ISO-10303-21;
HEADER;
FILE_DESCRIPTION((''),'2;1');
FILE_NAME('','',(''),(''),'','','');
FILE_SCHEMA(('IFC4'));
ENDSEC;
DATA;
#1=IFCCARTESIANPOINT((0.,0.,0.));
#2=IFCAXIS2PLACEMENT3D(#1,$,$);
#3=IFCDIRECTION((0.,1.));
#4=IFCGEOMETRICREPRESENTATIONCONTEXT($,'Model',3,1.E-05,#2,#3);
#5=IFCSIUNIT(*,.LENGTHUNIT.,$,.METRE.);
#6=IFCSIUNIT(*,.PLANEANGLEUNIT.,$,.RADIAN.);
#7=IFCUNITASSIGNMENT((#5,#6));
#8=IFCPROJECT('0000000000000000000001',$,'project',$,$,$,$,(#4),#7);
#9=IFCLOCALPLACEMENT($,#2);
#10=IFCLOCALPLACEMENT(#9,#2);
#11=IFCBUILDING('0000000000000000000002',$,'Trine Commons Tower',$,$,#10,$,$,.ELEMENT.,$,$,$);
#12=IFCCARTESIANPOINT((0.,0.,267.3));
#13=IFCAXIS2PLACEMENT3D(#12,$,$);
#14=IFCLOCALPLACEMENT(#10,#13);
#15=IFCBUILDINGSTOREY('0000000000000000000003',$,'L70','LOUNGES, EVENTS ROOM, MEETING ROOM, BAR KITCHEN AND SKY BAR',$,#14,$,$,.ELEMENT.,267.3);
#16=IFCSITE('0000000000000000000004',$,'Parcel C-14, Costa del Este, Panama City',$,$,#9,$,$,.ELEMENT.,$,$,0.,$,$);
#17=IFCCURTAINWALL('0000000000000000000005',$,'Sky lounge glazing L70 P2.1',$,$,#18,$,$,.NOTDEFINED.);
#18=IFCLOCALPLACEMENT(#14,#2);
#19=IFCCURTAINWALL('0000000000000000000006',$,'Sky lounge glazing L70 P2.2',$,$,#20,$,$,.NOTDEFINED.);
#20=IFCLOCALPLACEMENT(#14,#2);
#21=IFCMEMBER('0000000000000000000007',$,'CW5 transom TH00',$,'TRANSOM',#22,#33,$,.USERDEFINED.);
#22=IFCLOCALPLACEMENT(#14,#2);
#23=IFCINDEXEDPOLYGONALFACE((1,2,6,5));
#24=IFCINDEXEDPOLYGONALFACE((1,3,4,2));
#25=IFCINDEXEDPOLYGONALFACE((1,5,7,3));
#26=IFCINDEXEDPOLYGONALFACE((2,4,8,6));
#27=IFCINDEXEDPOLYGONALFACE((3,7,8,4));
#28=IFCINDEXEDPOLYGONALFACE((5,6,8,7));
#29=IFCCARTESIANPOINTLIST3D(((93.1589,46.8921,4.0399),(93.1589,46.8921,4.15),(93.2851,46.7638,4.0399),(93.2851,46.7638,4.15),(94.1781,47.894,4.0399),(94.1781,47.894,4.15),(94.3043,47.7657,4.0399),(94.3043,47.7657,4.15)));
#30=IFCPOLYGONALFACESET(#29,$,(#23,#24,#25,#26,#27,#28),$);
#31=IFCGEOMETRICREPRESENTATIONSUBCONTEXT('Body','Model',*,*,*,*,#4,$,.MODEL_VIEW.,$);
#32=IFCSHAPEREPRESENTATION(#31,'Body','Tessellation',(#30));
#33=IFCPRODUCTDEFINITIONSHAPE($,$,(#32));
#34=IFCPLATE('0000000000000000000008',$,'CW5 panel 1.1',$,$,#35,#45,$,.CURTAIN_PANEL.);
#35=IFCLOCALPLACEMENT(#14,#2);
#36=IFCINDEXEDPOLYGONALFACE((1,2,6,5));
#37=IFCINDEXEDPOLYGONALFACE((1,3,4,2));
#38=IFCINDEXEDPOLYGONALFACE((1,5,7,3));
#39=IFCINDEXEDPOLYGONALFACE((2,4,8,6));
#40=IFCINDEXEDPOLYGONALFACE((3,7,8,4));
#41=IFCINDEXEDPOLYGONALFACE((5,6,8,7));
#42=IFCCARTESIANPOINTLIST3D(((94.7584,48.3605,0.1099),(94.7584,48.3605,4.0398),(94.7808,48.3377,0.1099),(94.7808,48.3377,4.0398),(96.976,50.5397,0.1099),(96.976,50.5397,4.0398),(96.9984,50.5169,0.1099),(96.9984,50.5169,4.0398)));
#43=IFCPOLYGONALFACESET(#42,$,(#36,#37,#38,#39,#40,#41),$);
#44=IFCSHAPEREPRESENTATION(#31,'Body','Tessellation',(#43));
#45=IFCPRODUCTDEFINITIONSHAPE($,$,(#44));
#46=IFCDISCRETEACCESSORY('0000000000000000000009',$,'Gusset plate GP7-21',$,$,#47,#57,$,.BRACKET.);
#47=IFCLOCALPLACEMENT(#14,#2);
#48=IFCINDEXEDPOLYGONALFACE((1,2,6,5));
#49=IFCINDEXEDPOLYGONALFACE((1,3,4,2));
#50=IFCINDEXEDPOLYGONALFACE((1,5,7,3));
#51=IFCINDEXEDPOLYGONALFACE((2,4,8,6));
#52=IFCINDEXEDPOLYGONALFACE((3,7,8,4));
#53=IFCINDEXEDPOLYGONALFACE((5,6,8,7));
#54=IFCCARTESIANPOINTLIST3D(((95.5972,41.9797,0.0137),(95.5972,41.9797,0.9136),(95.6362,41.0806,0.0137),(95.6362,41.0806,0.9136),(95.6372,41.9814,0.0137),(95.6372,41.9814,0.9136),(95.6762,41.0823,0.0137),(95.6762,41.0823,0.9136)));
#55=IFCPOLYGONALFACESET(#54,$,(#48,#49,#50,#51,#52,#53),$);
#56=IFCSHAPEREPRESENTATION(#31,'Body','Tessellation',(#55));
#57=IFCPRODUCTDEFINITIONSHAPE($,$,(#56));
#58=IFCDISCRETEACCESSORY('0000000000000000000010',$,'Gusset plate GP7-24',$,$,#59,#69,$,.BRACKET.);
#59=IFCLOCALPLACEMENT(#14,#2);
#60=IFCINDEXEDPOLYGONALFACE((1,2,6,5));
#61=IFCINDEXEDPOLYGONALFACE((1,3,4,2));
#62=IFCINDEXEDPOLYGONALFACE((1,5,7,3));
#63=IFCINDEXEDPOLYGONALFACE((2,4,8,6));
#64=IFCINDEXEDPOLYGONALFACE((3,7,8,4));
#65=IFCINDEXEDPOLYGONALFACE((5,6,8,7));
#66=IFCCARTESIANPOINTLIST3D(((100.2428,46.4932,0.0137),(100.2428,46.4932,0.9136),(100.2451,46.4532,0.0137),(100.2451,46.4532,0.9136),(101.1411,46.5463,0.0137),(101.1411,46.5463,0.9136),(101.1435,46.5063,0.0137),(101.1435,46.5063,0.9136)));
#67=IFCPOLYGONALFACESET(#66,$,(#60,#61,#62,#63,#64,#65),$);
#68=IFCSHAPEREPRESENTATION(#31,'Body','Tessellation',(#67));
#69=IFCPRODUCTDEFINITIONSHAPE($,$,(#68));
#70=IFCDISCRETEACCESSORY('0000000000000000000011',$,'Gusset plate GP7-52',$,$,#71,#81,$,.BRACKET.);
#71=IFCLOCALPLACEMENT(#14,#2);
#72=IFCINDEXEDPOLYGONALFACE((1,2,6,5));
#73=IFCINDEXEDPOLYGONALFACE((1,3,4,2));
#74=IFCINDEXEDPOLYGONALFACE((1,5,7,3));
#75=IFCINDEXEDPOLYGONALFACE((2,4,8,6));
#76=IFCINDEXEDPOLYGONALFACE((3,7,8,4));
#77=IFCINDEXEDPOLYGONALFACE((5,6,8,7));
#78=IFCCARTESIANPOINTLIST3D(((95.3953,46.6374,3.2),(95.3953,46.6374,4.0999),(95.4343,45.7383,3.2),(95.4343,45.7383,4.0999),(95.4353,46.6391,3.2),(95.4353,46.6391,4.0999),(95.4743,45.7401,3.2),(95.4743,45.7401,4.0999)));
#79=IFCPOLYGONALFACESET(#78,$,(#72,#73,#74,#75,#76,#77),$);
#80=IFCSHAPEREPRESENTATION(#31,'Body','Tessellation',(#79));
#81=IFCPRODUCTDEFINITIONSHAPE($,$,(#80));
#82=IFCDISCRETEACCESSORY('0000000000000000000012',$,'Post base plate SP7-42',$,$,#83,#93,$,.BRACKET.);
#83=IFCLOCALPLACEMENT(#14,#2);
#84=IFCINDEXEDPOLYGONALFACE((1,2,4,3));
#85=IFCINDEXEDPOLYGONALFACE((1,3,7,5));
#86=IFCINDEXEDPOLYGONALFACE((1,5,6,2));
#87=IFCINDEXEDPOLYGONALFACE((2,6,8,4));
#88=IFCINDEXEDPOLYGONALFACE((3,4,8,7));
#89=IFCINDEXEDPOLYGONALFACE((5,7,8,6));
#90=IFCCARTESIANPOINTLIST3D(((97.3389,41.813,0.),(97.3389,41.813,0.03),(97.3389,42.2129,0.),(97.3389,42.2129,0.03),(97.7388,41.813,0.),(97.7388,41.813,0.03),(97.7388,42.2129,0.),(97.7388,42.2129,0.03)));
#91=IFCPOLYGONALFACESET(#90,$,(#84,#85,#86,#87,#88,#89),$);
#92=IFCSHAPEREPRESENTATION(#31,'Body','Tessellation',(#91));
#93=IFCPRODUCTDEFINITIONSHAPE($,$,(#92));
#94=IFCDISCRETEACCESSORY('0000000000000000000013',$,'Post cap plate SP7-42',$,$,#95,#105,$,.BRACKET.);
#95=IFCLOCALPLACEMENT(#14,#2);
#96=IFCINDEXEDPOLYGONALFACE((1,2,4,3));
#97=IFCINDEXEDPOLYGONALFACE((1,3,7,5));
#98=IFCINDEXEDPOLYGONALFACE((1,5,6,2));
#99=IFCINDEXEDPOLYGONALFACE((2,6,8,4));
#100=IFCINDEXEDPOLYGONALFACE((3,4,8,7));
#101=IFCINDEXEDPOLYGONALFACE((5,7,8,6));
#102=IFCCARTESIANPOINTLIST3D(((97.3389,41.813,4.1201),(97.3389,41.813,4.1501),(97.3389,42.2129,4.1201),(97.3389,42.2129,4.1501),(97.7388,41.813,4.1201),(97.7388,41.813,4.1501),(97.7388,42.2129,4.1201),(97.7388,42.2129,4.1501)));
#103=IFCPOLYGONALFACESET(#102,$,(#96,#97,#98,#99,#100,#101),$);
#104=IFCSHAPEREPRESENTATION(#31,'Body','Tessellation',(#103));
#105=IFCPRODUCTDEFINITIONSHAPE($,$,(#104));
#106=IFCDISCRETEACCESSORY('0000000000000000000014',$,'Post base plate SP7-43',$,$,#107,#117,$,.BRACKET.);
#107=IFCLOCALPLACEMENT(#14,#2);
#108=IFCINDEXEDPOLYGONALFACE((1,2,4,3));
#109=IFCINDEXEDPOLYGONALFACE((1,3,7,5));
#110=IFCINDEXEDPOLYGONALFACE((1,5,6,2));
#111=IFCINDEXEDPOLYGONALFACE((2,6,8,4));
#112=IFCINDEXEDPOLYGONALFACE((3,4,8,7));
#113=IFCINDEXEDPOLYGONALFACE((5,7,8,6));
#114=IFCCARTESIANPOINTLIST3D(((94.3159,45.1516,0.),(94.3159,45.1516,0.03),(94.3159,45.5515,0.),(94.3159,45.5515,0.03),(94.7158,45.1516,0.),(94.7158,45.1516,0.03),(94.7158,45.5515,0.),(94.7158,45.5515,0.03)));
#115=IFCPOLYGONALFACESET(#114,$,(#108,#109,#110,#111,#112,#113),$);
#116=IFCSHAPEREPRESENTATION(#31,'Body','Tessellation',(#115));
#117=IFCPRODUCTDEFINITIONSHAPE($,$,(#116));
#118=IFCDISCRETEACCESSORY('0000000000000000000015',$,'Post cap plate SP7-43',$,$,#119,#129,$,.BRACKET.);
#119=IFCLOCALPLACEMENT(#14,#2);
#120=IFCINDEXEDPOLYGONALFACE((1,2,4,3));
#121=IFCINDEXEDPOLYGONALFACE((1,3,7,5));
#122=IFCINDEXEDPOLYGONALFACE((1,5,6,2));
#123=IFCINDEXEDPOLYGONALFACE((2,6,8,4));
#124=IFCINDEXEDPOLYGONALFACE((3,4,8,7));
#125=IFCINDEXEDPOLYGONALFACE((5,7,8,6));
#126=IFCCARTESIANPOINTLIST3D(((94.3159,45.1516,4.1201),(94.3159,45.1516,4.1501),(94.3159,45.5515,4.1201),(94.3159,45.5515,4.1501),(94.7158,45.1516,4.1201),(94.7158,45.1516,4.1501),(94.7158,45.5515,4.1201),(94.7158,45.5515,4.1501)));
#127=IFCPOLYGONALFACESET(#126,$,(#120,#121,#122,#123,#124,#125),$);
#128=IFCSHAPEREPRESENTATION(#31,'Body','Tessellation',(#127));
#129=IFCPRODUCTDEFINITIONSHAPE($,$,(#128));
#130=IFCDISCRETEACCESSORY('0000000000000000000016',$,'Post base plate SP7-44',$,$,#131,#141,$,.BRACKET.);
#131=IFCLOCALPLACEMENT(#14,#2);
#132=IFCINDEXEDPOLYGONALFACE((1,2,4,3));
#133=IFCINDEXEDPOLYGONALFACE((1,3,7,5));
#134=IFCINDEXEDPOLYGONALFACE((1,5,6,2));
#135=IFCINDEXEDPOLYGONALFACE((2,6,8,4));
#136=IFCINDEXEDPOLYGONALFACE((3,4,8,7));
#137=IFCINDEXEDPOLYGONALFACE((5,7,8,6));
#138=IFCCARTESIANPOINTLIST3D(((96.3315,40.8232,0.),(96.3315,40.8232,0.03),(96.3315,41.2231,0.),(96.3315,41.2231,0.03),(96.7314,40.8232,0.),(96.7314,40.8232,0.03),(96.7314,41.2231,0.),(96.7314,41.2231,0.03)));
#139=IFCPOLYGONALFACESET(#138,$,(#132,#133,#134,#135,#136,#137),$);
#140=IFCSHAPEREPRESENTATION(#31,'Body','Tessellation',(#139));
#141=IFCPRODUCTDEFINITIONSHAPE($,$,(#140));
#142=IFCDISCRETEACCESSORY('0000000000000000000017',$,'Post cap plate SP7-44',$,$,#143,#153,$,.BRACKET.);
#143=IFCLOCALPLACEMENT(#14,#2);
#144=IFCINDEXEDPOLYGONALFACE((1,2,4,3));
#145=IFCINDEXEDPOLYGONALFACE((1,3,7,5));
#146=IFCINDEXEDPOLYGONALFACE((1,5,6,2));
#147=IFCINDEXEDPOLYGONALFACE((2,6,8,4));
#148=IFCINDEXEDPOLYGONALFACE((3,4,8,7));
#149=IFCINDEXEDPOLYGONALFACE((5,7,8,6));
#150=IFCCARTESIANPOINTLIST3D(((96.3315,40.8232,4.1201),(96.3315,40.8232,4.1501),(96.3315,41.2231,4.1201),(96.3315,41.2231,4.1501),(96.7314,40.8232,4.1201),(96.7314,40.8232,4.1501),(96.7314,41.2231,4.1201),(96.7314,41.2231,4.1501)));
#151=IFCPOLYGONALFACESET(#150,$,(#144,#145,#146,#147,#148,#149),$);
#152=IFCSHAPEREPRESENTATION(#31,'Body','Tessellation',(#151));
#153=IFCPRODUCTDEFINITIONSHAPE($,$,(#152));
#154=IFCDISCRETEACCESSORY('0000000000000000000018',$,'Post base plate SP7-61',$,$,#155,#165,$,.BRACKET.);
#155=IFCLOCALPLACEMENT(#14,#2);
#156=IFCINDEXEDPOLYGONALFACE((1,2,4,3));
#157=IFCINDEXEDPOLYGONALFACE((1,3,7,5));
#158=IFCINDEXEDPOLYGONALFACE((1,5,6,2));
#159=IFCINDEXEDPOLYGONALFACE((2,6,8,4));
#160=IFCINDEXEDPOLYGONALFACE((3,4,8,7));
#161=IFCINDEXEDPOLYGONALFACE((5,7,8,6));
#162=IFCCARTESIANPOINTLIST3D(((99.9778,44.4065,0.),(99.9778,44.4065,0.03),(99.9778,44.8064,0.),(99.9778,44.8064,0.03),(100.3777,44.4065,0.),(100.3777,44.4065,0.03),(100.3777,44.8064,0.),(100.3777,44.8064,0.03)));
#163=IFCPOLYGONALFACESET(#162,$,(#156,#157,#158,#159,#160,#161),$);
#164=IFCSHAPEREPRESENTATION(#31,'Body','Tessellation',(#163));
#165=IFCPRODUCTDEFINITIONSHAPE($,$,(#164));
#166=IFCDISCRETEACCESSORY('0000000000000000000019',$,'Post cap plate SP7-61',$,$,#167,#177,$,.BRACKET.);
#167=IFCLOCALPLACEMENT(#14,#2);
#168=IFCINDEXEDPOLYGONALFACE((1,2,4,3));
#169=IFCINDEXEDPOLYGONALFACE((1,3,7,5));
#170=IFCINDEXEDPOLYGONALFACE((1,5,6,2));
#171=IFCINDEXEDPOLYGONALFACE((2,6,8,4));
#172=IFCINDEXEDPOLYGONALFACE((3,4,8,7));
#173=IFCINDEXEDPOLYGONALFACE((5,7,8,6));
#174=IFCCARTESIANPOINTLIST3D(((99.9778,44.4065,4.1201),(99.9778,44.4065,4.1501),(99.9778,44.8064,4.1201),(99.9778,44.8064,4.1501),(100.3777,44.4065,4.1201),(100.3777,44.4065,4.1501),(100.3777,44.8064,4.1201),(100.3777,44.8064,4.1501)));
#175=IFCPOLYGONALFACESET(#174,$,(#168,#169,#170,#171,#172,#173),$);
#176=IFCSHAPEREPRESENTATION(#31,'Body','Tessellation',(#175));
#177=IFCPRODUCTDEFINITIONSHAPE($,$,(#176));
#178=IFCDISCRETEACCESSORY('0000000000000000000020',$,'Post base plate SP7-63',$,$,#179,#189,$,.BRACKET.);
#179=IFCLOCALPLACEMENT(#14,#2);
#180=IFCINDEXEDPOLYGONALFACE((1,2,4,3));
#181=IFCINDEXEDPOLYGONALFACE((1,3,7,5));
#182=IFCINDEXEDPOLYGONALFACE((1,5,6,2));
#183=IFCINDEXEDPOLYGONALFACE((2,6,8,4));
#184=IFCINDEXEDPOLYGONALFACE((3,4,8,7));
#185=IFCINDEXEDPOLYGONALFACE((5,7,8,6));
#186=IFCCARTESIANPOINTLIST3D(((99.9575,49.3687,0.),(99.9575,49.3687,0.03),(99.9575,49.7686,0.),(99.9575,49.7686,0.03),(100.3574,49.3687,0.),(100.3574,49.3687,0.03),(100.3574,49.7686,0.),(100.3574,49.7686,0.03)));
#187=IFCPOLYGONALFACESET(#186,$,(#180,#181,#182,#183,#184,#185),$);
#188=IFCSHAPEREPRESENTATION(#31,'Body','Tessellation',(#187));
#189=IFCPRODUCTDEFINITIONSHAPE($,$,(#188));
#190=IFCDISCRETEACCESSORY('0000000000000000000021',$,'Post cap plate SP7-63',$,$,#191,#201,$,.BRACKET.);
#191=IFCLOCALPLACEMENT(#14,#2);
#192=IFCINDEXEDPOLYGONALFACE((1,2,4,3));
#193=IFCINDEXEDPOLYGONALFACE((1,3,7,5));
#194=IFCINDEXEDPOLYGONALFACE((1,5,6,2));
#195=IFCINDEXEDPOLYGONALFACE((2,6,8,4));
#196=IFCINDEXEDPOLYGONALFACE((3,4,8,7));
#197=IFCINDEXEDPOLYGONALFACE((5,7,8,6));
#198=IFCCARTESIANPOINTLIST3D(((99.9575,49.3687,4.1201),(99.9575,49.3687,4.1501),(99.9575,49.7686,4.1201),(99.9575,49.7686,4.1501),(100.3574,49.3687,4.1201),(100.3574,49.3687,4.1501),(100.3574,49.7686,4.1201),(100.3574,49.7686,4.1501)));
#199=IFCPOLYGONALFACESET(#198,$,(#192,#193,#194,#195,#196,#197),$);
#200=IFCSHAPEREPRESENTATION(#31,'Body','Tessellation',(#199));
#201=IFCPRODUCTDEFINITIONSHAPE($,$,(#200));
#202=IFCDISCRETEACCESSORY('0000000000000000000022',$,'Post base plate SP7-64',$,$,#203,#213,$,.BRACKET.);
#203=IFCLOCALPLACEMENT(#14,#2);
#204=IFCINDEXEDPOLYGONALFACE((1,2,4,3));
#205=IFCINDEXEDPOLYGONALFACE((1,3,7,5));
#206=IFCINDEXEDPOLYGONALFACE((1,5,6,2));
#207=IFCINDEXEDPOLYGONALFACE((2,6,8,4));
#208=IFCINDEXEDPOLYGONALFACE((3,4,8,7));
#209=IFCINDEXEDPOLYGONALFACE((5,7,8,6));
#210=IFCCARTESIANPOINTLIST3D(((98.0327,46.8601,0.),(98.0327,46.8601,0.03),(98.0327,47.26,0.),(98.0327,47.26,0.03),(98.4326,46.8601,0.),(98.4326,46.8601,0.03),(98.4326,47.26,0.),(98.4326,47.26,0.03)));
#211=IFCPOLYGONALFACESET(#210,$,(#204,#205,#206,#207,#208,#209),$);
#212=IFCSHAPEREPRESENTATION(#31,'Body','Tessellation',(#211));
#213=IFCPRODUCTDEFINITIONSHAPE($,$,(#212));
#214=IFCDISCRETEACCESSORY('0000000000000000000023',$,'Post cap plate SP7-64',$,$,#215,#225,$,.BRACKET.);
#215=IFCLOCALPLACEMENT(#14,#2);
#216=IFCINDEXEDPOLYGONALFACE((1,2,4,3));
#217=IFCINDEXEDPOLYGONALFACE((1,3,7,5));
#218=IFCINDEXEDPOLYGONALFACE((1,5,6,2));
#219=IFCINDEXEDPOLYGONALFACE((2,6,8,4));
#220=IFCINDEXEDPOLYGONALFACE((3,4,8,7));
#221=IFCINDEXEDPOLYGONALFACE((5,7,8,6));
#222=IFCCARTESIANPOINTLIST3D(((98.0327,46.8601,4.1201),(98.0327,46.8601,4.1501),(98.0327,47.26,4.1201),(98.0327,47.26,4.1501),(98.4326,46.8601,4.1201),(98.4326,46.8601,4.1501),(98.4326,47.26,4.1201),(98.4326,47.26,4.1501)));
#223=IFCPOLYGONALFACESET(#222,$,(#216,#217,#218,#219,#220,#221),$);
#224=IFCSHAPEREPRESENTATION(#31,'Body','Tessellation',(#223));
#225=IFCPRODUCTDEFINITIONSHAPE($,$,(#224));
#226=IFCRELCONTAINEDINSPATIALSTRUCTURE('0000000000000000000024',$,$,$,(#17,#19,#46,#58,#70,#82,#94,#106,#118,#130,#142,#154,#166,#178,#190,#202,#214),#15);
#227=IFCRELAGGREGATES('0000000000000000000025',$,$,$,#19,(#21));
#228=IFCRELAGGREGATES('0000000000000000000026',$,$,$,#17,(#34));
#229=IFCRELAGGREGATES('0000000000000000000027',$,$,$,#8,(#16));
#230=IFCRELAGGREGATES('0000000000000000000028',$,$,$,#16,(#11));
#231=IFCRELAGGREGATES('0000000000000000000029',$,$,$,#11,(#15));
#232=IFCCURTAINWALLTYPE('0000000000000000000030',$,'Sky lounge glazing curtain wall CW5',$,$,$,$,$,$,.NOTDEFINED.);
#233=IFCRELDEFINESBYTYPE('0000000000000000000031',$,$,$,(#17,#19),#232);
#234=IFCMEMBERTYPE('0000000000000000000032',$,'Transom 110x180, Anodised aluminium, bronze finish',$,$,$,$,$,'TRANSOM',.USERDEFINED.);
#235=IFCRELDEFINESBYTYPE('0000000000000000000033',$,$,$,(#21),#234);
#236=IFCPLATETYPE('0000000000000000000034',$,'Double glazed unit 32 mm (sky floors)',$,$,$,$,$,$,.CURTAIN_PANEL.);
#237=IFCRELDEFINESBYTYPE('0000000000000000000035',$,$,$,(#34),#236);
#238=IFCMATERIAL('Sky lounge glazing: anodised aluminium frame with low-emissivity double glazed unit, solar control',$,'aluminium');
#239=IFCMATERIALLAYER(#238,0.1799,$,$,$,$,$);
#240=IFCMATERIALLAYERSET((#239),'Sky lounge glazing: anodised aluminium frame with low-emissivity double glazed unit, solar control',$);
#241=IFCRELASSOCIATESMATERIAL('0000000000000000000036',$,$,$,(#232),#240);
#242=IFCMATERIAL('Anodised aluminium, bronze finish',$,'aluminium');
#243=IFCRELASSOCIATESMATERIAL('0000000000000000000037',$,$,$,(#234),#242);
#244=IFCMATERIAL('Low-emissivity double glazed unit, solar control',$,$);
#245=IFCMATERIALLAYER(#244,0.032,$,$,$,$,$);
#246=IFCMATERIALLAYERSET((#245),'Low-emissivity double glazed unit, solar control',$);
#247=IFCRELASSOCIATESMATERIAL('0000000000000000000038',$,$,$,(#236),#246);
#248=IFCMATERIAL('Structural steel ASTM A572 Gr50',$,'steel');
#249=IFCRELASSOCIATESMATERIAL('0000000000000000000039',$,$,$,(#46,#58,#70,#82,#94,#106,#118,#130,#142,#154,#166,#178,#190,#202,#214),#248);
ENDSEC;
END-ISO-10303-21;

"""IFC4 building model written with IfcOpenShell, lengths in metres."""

from ifc_helpers import new_model, si_unit, direction, frame, origin, origin_2d, place, context, subcontext, project, spatial, rectangle, extrude, material, layer, layer_set, material_profile, profile_set, type_object, element, aggregate, save


model = new_model("IFC4")

# Units and contexts
model_context = context("Model", 3, precision=1e-05, world=origin(), true_north=direction((0.0, 1.0)))
body_context = subcontext(model_context, "Body", "Model", "MODEL_VIEW")
ifc_project = project(units=[si_unit("LENGTHUNIT", "METRE"), si_unit("PLANEANGLEUNIT", "RADIAN")], contexts=[model_context])

# Site, building, storey
site_placement = place(None, origin())
site = spatial("IfcSite", under=ifc_project, at=site_placement, Name="Parcel C-14, Costa del Este, Panama City", CompositionType="ELEMENT", RefElevation=0.0)
building_placement = place(site_placement, origin())
building = spatial("IfcBuilding", under=site, at=building_placement, Name="Trine Commons Tower", CompositionType="ELEMENT")
storey_placement = place(building_placement, frame((0.0, 0.0, 267.3)))
storey = spatial("IfcBuildingStorey", under=building, at=storey_placement, Name="L70", Description="LOUNGES, EVENTS ROOM, MEETING ROOM, BAR KITCHEN AND SKY BAR", CompositionType="ELEMENT", Elevation=267.3)

# Curtain wall
ifc_material_1 = material(Name="Sky lounge glazing: anodised aluminium frame with low-emissivity double glazed unit, solar control", Category="aluminium")
ifc_layer_1 = layer(ifc_material_1, 0.1799)
ifc_layer_set_1 = layer_set([ifc_layer_1], Name="Sky lounge glazing: anodised aluminium frame with low-emissivity double glazed unit, solar control")
curtain_wall_type = type_object("IfcCurtainWallType", Name="Sky lounge glazing curtain wall CW5", PredefinedType="NOTDEFINED", material=ifc_layer_set_1)
ifc_material_2 = material(Name="Anodised aluminium, bronze finish", Category="aluminium")
curtain_wall_1_placement = place(storey_placement, origin())
curtain_wall_1 = element("IfcCurtainWall", 1, at=curtain_wall_1_placement, inside=storey, type_object=curtain_wall_type, Name="Sky lounge glazing L70 P2.1", PredefinedType="NOTDEFINED")

# Curtain wall, member
curtain_wall_2_placement = place(storey_placement, origin())
curtain_wall_2 = element("IfcCurtainWall", 2, at=curtain_wall_2_placement, inside=storey, type_object=curtain_wall_type, Name="Sky lounge glazing L70 P2.2", PredefinedType="NOTDEFINED")
ifc_material_profile_1 = material_profile(ifc_material_2, rectangle(XDim=0.1799, YDim=0.1101, at=origin_2d()), Name="Transom 110x180")
ifc_profile_set_1 = profile_set([ifc_material_profile_1], Name="Anodised aluminium, bronze finish")
member_type_1 = type_object("IfcMemberType", Name="Transom 110x180, Anodised aluminium, bronze finish", ElementType="TRANSOM", PredefinedType="USERDEFINED", material=ifc_profile_set_1)
member_1_placement = place(storey_placement, frame((94.2412, 47.8298, 4.095), z_axis=(-0.713145, -0.701017, 0.0), x_axis=(0.701017, -0.713145, 0.0)))
member_1 = element("IfcMember", 3, at=member_1_placement, type_object=member_type_1, Name="CW5 transom TH00", ObjectType="TRANSOM", PredefinedType="USERDEFINED", context=body_context, shape_type="SweptSolid", body=[
    extrude(rectangle(XDim=0.1799, YDim=0.1101, at=origin_2d()), origin(), (0.0, 0.0, 1.0), 1.4292),
])
aggregate(curtain_wall_2, [member_1])

# Plate
ifc_material_3 = material(Name="Low-emissivity double glazed unit, solar control")
ifc_layer_2 = layer(ifc_material_3, 0.032)
ifc_layer_set_2 = layer_set([ifc_layer_2], Name="Low-emissivity double glazed unit, solar control")
plate_type = type_object("IfcPlateType", Name="Double glazed unit 32 mm (sky floors)", PredefinedType="CURTAIN_PANEL", material=ifc_layer_set_2)
plate_placement = place(storey_placement, frame((95.8784, 49.4387, 0.1099), z_axis=(0.0, 0.0, 1.0), x_axis=(-0.71325, -0.700909, 0.0)))
plate = element("IfcPlate", 4, at=plate_placement, type_object=plate_type, Name="CW5 panel 1.1", PredefinedType="CURTAIN_PANEL", context=body_context, shape_type="SweptSolid", body=[
    extrude(rectangle(XDim=3.1091, YDim=0.032, at=origin_2d()), origin(), (0.0, 0.0, 1.0), 3.9299),
])
aggregate(curtain_wall_1, [plate])

# Discrete accessories
ifc_material_4 = material(Name="Structural steel ASTM A572 Gr50", Category="steel")
for number, where, z_axis, x_axis, name in (
    (5, (95.6367, 41.531, 0.0137), (0.0, 0.0, 1.0), (-0.043323, 0.999061, 0.0), "Gusset plate GP7-21"),
    (6, (100.6931, 46.4998, 0.0137), (0.0, 0.0, 1.0), (-0.998255, -0.059045, 0.0), "Gusset plate GP7-24"),
    (7, (95.4348, 46.1887, 3.2), (0.0, 0.0, 1.0), (-0.043323, 0.999061, 0.0), "Gusset plate GP7-52"),
):
    element("IfcDiscreteAccessory", number, at=place(storey_placement, frame(where, z_axis=z_axis, x_axis=x_axis)), inside=storey, material=ifc_material_4, Name=name, PredefinedType="BRACKET", context=body_context, shape_type="SweptSolid", body=[
        extrude(rectangle(XDim=0.8999, YDim=0.04, at=origin_2d()), origin(), (0.0, 0.0, 1.0), 0.8999),
    ])
for number, where, z_axis, x_axis, name in (
    (8, (97.5388, 42.0129, 0.0), (0.0, 0.0, 1.0), (1.0, 0.0, 0.0), "Post base plate SP7-42"),
    (9, (97.5388, 42.0129, 4.1201), (0.0, 0.0, 1.0), (1.0, 0.0, 0.0), "Post cap plate SP7-42"),
    (10, (94.5159, 45.3516, 0.0), (0.0, 0.0, 1.0), (1.0, 0.0, 0.0), "Post base plate SP7-43"),
    (11, (94.5159, 45.3516, 4.1201), (0.0, 0.0, 1.0), (1.0, 0.0, 0.0), "Post cap plate SP7-43"),
    (12, (96.5315, 41.0232, 0.0), (0.0, 0.0, 1.0), (1.0, 0.0, 0.0), "Post base plate SP7-44"),
    (13, (96.5315, 41.0232, 4.1201), (0.0, 0.0, 1.0), (1.0, 0.0, 0.0), "Post cap plate SP7-44"),
    (14, (100.1777, 44.6064, 0.0), (0.0, 0.0, 1.0), (1.0, 0.0, 0.0), "Post base plate SP7-61"),
    (15, (100.1777, 44.6064, 4.1201), (0.0, 0.0, 1.0), (1.0, 0.0, 0.0), "Post cap plate SP7-61"),
    (16, (100.1575, 49.5686, 0.0), (0.0, 0.0, 1.0), (1.0, 0.0, 0.0), "Post base plate SP7-63"),
    (17, (100.1575, 49.5686, 4.1201), (0.0, 0.0, 1.0), (1.0, 0.0, 0.0), "Post cap plate SP7-63"),
    (18, (98.2327, 47.0601, 0.0), (0.0, 0.0, 1.0), (1.0, 0.0, 0.0), "Post base plate SP7-64"),
    (19, (98.2327, 47.0601, 4.1201), (0.0, 0.0, 1.0), (1.0, 0.0, 0.0), "Post cap plate SP7-64"),
):
    element("IfcDiscreteAccessory", number, at=place(storey_placement, frame(where, z_axis=z_axis, x_axis=x_axis)), inside=storey, material=ifc_material_4, Name=name, PredefinedType="BRACKET", context=body_context, shape_type="SweptSolid", body=[
        extrude(rectangle(XDim=0.3999, YDim=0.3999, at=origin_2d()), origin(), (0.0, 0.0, 1.0), 0.03),
    ])

save(model, "model.ifc")
